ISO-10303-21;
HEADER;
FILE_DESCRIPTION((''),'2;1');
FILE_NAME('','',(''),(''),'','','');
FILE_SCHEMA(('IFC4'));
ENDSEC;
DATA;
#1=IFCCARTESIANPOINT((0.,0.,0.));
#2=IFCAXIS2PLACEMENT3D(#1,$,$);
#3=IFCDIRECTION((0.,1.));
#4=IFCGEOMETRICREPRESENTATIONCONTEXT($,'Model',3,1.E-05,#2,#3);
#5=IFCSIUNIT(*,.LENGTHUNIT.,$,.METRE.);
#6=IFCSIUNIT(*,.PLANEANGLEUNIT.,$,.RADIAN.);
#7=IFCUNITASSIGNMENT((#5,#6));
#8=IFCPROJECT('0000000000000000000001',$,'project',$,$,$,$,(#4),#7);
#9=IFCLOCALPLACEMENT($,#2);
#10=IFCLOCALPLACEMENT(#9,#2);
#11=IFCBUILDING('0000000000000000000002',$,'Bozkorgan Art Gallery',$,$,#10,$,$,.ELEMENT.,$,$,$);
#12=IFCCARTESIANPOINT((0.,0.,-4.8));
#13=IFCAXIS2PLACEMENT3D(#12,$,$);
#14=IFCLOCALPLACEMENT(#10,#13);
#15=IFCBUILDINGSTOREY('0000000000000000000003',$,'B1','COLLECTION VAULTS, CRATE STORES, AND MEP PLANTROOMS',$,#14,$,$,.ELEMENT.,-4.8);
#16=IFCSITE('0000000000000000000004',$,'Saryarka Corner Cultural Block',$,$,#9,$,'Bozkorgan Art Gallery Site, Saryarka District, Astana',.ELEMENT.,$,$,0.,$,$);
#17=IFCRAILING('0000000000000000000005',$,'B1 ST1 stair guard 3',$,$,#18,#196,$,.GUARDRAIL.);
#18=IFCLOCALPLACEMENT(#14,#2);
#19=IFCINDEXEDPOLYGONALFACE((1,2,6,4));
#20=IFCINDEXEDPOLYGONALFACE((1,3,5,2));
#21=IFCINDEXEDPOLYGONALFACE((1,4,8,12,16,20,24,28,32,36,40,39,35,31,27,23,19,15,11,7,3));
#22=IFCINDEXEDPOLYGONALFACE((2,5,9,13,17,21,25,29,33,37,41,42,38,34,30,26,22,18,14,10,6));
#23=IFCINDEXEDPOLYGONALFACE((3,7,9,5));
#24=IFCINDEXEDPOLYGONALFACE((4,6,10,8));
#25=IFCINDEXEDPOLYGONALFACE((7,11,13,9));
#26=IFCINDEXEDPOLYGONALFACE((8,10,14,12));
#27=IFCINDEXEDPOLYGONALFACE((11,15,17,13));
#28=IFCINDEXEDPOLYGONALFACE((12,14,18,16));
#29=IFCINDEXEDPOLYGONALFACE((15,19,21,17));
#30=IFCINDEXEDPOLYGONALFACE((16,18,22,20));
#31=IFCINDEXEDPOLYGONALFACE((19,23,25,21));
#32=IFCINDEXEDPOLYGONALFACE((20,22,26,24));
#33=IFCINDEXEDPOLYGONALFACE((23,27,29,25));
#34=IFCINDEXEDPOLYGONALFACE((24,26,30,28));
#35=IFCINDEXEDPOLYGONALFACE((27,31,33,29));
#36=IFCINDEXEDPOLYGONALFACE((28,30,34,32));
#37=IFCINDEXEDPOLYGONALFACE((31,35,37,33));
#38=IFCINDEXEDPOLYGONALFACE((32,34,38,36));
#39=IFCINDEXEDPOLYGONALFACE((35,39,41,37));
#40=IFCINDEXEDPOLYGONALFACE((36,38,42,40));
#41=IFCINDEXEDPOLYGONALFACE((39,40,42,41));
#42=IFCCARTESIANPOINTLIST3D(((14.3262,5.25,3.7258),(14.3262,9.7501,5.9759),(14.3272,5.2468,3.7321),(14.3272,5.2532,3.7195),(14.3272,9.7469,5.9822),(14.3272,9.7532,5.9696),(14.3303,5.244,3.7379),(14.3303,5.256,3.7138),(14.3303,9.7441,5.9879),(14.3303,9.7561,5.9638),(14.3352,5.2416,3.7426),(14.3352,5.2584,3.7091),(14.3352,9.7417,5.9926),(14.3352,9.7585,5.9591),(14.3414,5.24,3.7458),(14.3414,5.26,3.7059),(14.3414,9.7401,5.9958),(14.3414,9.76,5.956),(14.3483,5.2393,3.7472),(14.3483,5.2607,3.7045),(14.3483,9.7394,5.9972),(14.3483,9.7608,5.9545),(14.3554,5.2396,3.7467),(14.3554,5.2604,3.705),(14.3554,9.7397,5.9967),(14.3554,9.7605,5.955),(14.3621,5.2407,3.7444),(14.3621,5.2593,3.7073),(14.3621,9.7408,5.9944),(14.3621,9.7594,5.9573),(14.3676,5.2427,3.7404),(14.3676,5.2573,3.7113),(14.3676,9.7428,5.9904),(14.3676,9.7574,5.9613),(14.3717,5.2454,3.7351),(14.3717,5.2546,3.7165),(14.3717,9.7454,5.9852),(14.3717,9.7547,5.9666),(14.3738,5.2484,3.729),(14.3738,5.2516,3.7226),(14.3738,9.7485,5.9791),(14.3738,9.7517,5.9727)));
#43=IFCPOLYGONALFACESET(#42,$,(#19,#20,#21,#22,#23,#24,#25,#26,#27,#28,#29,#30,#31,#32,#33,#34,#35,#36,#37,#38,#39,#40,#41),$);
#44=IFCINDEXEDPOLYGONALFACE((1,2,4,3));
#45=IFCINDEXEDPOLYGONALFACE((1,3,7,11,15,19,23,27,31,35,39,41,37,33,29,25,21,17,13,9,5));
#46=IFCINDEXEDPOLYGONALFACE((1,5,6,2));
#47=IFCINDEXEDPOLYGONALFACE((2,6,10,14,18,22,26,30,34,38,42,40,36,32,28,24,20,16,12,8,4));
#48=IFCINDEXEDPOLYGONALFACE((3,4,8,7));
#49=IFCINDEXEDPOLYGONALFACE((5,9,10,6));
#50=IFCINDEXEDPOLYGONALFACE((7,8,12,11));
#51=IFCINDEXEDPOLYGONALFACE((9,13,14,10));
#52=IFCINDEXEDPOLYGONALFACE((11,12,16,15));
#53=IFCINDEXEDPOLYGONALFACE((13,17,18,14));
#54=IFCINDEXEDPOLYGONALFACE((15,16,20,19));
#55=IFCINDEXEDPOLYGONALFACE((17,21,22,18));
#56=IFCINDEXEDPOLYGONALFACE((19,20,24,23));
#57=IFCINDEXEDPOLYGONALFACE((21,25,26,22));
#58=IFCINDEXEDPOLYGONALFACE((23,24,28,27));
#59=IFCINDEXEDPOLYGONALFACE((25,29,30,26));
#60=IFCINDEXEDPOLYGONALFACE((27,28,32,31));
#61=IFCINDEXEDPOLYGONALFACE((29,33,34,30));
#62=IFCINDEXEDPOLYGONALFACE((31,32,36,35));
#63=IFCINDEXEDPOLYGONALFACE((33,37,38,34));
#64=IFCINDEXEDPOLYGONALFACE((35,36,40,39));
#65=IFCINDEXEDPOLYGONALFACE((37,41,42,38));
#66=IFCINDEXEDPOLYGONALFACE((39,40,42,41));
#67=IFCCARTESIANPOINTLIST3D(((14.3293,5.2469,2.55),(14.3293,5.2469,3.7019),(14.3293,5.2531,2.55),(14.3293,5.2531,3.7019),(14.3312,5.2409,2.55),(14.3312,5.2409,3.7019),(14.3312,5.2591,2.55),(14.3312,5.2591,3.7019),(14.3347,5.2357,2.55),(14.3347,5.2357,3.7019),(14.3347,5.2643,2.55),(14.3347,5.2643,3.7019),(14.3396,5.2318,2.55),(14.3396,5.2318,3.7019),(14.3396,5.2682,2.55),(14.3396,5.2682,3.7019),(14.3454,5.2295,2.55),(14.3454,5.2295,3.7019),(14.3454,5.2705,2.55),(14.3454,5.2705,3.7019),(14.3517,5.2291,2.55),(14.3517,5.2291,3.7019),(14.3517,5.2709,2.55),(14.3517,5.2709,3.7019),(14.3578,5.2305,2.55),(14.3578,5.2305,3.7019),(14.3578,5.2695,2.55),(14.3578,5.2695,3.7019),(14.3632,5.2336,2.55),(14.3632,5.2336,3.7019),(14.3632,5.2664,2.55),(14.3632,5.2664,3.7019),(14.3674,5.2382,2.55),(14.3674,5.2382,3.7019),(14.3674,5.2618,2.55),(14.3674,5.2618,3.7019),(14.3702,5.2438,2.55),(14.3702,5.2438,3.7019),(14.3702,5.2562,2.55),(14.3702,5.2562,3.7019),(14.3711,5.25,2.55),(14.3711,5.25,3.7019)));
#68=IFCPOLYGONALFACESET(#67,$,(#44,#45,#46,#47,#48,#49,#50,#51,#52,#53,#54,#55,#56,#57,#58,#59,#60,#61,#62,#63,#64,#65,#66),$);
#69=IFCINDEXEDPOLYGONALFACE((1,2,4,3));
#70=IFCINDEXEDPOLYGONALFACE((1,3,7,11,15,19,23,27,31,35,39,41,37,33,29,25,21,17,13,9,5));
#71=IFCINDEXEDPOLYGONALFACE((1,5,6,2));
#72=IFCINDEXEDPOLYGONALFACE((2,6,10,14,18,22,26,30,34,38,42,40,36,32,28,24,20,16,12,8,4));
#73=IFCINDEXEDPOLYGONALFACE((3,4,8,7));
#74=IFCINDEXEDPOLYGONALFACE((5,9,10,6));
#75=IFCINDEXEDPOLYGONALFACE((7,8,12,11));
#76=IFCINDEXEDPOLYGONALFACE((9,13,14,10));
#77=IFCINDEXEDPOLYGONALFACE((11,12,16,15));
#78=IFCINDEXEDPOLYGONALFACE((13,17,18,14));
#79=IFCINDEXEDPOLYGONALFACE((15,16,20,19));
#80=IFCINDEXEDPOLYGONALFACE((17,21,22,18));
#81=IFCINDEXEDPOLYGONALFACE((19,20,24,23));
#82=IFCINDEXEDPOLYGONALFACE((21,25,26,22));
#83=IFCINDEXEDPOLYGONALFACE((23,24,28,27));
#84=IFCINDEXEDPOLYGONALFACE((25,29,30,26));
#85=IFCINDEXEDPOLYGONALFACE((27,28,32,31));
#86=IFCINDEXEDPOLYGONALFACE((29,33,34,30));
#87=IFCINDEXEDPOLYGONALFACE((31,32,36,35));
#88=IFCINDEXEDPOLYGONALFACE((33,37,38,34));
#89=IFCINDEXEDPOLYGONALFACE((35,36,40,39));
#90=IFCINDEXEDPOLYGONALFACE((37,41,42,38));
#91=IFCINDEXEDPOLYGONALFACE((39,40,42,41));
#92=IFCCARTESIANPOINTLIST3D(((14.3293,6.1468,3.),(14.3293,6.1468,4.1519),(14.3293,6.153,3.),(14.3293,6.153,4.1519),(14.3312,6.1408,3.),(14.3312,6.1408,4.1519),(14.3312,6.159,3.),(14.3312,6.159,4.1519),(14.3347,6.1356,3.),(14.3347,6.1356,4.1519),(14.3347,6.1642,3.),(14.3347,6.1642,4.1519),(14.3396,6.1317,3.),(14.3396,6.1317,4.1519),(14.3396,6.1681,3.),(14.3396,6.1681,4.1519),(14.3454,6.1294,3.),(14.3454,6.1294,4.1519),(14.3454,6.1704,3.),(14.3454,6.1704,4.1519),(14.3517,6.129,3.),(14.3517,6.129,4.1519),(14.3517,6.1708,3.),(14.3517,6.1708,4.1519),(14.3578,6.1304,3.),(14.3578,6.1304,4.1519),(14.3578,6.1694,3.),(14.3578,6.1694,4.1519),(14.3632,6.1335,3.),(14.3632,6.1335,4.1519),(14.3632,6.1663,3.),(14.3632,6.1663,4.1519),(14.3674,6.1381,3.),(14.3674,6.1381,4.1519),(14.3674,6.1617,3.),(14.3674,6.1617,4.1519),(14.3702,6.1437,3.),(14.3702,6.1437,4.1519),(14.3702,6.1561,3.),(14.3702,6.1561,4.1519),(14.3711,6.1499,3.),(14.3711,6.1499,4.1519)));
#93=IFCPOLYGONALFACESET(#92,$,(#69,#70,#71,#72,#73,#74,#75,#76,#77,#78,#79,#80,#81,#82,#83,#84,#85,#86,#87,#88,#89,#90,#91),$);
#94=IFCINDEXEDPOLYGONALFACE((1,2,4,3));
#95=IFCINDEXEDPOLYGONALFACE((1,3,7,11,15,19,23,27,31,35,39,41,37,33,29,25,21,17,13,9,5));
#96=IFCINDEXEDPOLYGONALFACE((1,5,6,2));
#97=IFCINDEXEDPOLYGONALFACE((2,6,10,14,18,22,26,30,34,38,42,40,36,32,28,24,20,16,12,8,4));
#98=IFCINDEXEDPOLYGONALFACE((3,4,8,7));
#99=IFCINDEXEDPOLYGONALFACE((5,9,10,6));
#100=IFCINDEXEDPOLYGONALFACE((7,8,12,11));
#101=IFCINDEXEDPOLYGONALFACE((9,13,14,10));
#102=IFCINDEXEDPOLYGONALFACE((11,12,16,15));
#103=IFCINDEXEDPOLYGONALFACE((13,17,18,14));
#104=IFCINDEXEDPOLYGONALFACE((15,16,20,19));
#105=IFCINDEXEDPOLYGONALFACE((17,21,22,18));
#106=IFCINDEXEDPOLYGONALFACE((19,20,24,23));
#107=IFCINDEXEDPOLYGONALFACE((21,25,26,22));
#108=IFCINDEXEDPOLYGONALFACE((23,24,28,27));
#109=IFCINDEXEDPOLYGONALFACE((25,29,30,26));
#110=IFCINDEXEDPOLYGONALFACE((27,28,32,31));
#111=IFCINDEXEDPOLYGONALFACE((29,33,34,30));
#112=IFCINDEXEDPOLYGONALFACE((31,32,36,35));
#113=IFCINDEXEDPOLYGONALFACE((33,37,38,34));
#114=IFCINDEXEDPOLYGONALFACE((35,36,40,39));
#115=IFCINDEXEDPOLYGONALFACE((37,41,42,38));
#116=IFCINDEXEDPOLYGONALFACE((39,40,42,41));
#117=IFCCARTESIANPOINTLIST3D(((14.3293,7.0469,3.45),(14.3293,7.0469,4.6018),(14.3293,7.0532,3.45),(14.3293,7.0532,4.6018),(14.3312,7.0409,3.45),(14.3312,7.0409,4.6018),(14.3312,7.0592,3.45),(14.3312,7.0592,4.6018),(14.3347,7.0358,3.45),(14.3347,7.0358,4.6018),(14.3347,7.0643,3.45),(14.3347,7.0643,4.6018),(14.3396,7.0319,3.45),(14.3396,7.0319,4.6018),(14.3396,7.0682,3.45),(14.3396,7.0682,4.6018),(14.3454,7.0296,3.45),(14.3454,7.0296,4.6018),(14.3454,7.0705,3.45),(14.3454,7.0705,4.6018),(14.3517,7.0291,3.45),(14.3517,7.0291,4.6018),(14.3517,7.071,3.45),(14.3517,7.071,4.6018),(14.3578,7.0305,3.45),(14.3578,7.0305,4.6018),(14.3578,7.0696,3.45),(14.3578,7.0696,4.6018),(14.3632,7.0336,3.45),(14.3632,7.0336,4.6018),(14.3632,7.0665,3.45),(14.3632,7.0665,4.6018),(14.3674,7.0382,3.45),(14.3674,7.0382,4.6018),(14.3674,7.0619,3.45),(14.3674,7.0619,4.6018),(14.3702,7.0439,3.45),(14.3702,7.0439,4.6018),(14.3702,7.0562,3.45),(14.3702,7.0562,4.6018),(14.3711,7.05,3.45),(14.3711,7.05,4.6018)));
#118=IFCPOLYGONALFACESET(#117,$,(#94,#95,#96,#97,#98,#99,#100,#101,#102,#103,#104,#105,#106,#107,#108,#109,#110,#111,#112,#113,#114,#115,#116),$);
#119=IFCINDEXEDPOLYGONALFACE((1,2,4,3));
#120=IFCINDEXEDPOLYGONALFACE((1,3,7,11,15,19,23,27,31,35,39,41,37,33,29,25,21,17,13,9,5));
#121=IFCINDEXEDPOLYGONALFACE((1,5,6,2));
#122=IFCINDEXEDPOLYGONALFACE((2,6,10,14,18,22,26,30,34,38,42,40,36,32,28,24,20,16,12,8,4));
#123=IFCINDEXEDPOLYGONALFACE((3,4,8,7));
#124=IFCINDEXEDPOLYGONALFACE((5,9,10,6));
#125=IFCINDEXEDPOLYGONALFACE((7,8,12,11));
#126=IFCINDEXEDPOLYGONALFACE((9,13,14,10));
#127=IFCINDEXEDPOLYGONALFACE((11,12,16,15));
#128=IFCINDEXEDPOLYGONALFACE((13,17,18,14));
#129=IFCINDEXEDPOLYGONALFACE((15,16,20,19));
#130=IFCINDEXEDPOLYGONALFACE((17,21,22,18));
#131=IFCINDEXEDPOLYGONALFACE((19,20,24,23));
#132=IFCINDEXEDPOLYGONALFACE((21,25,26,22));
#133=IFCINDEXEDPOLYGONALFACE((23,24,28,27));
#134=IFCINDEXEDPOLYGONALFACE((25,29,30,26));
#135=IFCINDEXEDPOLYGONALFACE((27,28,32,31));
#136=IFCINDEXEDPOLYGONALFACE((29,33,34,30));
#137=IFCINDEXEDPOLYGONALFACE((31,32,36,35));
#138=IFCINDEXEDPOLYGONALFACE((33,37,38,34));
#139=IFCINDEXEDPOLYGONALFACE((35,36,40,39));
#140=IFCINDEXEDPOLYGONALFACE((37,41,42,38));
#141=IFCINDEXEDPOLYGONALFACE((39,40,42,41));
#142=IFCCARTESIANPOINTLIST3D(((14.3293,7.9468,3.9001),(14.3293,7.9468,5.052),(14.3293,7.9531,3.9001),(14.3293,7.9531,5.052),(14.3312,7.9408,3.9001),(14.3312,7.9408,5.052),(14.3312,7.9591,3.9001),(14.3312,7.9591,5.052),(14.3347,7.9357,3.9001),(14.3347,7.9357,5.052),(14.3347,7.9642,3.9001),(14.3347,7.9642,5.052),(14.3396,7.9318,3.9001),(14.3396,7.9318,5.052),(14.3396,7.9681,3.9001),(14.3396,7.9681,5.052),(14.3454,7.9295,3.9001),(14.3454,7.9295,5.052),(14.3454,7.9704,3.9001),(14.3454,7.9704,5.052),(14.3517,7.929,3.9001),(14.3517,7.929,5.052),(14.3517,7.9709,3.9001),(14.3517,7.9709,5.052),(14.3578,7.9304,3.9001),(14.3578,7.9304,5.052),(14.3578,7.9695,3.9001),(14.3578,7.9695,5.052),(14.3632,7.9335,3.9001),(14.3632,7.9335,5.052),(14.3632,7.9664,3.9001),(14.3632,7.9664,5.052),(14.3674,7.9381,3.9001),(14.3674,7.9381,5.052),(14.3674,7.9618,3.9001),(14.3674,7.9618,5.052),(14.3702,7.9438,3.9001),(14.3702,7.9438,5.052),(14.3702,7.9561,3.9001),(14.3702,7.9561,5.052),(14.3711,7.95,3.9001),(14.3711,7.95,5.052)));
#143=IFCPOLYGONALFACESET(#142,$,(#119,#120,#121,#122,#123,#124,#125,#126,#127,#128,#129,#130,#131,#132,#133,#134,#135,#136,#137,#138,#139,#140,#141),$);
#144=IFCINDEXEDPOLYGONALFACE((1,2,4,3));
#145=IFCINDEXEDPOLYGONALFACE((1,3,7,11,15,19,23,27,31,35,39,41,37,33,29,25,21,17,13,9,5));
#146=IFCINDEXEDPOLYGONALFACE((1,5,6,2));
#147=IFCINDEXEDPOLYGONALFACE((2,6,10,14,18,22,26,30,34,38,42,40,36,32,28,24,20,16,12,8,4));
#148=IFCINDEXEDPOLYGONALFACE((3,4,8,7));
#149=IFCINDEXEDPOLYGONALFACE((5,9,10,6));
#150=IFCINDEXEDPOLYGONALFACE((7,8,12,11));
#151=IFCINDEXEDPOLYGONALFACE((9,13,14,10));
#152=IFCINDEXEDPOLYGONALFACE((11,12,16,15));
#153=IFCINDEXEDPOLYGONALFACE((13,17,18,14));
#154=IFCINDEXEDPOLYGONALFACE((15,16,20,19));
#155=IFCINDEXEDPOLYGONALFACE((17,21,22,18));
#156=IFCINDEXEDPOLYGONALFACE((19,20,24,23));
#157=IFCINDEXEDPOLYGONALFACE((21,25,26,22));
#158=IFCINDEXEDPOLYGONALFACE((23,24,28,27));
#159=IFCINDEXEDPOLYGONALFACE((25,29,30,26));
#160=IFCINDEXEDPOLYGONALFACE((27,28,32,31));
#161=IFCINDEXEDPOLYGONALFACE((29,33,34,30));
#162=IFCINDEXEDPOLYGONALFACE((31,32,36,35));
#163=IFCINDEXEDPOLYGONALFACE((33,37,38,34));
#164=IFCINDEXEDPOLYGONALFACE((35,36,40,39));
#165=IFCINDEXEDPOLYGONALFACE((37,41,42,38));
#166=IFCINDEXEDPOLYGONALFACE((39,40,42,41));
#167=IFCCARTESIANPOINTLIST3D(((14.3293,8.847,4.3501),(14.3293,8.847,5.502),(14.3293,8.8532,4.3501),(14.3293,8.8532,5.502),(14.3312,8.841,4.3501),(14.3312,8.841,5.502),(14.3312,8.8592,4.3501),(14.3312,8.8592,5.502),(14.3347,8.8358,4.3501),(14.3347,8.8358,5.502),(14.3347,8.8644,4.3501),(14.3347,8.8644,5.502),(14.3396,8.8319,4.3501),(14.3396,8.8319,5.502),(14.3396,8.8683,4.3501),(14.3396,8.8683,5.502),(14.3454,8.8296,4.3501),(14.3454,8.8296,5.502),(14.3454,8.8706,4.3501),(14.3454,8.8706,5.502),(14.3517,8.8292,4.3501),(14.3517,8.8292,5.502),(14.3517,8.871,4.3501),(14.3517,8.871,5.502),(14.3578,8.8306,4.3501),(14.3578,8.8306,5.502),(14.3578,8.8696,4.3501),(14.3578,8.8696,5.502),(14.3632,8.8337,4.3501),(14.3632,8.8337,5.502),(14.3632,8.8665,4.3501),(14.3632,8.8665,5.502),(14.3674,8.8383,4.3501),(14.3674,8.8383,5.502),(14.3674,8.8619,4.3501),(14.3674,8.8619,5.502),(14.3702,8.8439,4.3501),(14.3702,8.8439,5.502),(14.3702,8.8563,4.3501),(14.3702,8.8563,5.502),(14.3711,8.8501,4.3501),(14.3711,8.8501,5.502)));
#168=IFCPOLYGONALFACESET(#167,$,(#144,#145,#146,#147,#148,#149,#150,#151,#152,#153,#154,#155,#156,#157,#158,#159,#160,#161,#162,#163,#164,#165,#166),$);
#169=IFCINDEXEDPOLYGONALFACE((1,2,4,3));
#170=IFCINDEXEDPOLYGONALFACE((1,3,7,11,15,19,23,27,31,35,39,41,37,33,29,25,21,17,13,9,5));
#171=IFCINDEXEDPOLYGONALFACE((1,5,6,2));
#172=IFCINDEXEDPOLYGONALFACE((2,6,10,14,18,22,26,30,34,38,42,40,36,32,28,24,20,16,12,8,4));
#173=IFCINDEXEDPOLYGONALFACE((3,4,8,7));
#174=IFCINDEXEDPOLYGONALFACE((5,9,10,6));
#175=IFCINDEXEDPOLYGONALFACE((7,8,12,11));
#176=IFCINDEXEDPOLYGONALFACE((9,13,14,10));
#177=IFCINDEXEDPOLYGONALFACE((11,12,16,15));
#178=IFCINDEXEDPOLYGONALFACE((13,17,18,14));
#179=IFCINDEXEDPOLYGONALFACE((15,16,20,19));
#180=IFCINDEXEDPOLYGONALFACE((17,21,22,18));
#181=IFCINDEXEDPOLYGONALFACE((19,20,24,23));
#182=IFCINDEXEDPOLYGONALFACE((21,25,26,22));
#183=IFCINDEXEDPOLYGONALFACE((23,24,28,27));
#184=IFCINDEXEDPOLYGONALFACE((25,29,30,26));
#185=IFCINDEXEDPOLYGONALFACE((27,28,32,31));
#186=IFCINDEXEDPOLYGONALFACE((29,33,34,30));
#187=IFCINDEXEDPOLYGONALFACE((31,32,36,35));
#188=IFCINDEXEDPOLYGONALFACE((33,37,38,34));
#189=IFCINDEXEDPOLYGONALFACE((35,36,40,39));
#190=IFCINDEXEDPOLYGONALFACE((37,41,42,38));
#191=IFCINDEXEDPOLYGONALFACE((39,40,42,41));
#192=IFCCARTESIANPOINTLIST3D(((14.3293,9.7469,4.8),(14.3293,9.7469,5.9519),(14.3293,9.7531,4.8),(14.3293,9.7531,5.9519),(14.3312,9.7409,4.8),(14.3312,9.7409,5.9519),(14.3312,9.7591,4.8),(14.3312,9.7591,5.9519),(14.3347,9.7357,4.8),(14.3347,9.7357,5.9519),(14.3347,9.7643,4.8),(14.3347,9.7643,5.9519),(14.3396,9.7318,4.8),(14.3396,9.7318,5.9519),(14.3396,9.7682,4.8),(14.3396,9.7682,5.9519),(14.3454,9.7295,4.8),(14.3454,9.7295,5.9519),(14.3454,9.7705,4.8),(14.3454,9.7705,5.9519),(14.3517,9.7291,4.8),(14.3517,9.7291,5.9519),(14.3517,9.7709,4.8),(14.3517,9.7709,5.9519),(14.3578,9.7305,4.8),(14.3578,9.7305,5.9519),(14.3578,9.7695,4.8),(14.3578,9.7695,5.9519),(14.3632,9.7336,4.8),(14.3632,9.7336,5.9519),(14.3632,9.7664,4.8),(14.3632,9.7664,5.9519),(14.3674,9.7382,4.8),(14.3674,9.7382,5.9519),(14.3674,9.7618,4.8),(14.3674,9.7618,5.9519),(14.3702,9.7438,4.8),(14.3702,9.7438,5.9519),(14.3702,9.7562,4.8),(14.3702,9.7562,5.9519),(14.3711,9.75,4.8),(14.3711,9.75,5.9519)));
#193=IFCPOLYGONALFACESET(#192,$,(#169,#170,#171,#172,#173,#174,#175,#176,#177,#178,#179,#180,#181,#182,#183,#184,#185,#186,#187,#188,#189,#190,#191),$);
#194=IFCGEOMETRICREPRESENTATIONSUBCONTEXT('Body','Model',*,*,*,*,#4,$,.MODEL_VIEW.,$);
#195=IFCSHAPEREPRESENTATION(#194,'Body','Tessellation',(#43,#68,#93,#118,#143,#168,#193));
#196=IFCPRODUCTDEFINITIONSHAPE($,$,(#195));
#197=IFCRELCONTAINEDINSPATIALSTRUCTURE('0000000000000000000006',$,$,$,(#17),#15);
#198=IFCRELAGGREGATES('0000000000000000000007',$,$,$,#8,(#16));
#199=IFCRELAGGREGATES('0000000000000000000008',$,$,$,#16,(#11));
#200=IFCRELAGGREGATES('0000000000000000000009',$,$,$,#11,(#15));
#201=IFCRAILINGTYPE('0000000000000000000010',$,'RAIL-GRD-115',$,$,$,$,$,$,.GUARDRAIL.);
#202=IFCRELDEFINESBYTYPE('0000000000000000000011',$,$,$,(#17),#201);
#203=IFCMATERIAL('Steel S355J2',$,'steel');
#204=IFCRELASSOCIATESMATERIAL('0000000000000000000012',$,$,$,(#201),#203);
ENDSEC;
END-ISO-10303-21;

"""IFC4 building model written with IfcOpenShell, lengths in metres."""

from ifc_helpers import new_model, si_unit, direction, frame, origin, origin_2d, place, context, subcontext, project, spatial, circle, extrude, material, type_object, element, save


model = new_model("IFC4")

# Units and contexts
model_context = context("Model", 3, precision=1e-05, world=origin(), true_north=direction((0.0, 1.0)))
body_context = subcontext(model_context, "Body", "Model", "MODEL_VIEW")
ifc_project = project(units=[si_unit("LENGTHUNIT", "METRE"), si_unit("PLANEANGLEUNIT", "RADIAN")], contexts=[model_context])

# Site, building, storey
site_placement = place(None, origin())
site = spatial("IfcSite", under=ifc_project, at=site_placement, Name="Saryarka Corner Cultural Block", LongName="Bozkorgan Art Gallery Site, Saryarka District, Astana", CompositionType="ELEMENT", RefElevation=0.0)
building_placement = place(site_placement, origin())
building = spatial("IfcBuilding", under=site, at=building_placement, Name="Bozkorgan Art Gallery", CompositionType="ELEMENT")
storey_placement = place(building_placement, frame((0.0, 0.0, -4.8)))
storey = spatial("IfcBuildingStorey", under=building, at=storey_placement, Name="B1", Description="COLLECTION VAULTS, CRATE STORES, AND MEP PLANTROOMS", CompositionType="ELEMENT", Elevation=-4.8)

# Shared definitions
ifc_material_1 = material(Name="Steel S355J2", Category="steel")

# Railing
railing_type_1 = type_object("IfcRailingType", Name="RAIL-GRD-115", PredefinedType="GUARDRAIL", material=ifc_material_1)
railing_1_placement = place(storey_placement, frame((14.3501, 5.25, 2.55)))
element("IfcRailing", 1, at=railing_1_placement, inside=storey, type_object=railing_type_1, Name="B1 ST1 stair guard 3", PredefinedType="GUARDRAIL", context=body_context, shape_type="SweptSolid", body=[
    extrude(circle(Radius=0.0239, at=origin_2d()), frame((0.0, 0.0, 1.1758), z_axis=(0.0, 0.894427, 0.447214), x_axis=(-1.0, 0.0, 0.0)), (0.0, 0.0, 1.0), 5.0312),
    extrude(circle(Radius=0.021, at=origin_2d()), origin(), (0.0, 0.0, 1.0), 1.1519),
    extrude(circle(Radius=0.021, at=origin_2d()), frame((0.0, 0.8999, 0.45)), (0.0, 0.0, 1.0), 1.1519),
    extrude(circle(Radius=0.021, at=origin_2d()), frame((0.0, 1.8, 0.8999)), (0.0, 0.0, 1.0), 1.1519),
    extrude(circle(Radius=0.021, at=origin_2d()), frame((0.0, 2.7, 1.3501)), (0.0, 0.0, 1.0), 1.1519),
    extrude(circle(Radius=0.021, at=origin_2d()), frame((0.0, 3.6001, 1.8)), (0.0, 0.0, 1.0), 1.1519),
    extrude(circle(Radius=0.021, at=origin_2d()), frame((0.0, 4.5, 2.25)), (0.0, 0.0, 1.0), 1.1519),
])

save(model, "model.ifc")
